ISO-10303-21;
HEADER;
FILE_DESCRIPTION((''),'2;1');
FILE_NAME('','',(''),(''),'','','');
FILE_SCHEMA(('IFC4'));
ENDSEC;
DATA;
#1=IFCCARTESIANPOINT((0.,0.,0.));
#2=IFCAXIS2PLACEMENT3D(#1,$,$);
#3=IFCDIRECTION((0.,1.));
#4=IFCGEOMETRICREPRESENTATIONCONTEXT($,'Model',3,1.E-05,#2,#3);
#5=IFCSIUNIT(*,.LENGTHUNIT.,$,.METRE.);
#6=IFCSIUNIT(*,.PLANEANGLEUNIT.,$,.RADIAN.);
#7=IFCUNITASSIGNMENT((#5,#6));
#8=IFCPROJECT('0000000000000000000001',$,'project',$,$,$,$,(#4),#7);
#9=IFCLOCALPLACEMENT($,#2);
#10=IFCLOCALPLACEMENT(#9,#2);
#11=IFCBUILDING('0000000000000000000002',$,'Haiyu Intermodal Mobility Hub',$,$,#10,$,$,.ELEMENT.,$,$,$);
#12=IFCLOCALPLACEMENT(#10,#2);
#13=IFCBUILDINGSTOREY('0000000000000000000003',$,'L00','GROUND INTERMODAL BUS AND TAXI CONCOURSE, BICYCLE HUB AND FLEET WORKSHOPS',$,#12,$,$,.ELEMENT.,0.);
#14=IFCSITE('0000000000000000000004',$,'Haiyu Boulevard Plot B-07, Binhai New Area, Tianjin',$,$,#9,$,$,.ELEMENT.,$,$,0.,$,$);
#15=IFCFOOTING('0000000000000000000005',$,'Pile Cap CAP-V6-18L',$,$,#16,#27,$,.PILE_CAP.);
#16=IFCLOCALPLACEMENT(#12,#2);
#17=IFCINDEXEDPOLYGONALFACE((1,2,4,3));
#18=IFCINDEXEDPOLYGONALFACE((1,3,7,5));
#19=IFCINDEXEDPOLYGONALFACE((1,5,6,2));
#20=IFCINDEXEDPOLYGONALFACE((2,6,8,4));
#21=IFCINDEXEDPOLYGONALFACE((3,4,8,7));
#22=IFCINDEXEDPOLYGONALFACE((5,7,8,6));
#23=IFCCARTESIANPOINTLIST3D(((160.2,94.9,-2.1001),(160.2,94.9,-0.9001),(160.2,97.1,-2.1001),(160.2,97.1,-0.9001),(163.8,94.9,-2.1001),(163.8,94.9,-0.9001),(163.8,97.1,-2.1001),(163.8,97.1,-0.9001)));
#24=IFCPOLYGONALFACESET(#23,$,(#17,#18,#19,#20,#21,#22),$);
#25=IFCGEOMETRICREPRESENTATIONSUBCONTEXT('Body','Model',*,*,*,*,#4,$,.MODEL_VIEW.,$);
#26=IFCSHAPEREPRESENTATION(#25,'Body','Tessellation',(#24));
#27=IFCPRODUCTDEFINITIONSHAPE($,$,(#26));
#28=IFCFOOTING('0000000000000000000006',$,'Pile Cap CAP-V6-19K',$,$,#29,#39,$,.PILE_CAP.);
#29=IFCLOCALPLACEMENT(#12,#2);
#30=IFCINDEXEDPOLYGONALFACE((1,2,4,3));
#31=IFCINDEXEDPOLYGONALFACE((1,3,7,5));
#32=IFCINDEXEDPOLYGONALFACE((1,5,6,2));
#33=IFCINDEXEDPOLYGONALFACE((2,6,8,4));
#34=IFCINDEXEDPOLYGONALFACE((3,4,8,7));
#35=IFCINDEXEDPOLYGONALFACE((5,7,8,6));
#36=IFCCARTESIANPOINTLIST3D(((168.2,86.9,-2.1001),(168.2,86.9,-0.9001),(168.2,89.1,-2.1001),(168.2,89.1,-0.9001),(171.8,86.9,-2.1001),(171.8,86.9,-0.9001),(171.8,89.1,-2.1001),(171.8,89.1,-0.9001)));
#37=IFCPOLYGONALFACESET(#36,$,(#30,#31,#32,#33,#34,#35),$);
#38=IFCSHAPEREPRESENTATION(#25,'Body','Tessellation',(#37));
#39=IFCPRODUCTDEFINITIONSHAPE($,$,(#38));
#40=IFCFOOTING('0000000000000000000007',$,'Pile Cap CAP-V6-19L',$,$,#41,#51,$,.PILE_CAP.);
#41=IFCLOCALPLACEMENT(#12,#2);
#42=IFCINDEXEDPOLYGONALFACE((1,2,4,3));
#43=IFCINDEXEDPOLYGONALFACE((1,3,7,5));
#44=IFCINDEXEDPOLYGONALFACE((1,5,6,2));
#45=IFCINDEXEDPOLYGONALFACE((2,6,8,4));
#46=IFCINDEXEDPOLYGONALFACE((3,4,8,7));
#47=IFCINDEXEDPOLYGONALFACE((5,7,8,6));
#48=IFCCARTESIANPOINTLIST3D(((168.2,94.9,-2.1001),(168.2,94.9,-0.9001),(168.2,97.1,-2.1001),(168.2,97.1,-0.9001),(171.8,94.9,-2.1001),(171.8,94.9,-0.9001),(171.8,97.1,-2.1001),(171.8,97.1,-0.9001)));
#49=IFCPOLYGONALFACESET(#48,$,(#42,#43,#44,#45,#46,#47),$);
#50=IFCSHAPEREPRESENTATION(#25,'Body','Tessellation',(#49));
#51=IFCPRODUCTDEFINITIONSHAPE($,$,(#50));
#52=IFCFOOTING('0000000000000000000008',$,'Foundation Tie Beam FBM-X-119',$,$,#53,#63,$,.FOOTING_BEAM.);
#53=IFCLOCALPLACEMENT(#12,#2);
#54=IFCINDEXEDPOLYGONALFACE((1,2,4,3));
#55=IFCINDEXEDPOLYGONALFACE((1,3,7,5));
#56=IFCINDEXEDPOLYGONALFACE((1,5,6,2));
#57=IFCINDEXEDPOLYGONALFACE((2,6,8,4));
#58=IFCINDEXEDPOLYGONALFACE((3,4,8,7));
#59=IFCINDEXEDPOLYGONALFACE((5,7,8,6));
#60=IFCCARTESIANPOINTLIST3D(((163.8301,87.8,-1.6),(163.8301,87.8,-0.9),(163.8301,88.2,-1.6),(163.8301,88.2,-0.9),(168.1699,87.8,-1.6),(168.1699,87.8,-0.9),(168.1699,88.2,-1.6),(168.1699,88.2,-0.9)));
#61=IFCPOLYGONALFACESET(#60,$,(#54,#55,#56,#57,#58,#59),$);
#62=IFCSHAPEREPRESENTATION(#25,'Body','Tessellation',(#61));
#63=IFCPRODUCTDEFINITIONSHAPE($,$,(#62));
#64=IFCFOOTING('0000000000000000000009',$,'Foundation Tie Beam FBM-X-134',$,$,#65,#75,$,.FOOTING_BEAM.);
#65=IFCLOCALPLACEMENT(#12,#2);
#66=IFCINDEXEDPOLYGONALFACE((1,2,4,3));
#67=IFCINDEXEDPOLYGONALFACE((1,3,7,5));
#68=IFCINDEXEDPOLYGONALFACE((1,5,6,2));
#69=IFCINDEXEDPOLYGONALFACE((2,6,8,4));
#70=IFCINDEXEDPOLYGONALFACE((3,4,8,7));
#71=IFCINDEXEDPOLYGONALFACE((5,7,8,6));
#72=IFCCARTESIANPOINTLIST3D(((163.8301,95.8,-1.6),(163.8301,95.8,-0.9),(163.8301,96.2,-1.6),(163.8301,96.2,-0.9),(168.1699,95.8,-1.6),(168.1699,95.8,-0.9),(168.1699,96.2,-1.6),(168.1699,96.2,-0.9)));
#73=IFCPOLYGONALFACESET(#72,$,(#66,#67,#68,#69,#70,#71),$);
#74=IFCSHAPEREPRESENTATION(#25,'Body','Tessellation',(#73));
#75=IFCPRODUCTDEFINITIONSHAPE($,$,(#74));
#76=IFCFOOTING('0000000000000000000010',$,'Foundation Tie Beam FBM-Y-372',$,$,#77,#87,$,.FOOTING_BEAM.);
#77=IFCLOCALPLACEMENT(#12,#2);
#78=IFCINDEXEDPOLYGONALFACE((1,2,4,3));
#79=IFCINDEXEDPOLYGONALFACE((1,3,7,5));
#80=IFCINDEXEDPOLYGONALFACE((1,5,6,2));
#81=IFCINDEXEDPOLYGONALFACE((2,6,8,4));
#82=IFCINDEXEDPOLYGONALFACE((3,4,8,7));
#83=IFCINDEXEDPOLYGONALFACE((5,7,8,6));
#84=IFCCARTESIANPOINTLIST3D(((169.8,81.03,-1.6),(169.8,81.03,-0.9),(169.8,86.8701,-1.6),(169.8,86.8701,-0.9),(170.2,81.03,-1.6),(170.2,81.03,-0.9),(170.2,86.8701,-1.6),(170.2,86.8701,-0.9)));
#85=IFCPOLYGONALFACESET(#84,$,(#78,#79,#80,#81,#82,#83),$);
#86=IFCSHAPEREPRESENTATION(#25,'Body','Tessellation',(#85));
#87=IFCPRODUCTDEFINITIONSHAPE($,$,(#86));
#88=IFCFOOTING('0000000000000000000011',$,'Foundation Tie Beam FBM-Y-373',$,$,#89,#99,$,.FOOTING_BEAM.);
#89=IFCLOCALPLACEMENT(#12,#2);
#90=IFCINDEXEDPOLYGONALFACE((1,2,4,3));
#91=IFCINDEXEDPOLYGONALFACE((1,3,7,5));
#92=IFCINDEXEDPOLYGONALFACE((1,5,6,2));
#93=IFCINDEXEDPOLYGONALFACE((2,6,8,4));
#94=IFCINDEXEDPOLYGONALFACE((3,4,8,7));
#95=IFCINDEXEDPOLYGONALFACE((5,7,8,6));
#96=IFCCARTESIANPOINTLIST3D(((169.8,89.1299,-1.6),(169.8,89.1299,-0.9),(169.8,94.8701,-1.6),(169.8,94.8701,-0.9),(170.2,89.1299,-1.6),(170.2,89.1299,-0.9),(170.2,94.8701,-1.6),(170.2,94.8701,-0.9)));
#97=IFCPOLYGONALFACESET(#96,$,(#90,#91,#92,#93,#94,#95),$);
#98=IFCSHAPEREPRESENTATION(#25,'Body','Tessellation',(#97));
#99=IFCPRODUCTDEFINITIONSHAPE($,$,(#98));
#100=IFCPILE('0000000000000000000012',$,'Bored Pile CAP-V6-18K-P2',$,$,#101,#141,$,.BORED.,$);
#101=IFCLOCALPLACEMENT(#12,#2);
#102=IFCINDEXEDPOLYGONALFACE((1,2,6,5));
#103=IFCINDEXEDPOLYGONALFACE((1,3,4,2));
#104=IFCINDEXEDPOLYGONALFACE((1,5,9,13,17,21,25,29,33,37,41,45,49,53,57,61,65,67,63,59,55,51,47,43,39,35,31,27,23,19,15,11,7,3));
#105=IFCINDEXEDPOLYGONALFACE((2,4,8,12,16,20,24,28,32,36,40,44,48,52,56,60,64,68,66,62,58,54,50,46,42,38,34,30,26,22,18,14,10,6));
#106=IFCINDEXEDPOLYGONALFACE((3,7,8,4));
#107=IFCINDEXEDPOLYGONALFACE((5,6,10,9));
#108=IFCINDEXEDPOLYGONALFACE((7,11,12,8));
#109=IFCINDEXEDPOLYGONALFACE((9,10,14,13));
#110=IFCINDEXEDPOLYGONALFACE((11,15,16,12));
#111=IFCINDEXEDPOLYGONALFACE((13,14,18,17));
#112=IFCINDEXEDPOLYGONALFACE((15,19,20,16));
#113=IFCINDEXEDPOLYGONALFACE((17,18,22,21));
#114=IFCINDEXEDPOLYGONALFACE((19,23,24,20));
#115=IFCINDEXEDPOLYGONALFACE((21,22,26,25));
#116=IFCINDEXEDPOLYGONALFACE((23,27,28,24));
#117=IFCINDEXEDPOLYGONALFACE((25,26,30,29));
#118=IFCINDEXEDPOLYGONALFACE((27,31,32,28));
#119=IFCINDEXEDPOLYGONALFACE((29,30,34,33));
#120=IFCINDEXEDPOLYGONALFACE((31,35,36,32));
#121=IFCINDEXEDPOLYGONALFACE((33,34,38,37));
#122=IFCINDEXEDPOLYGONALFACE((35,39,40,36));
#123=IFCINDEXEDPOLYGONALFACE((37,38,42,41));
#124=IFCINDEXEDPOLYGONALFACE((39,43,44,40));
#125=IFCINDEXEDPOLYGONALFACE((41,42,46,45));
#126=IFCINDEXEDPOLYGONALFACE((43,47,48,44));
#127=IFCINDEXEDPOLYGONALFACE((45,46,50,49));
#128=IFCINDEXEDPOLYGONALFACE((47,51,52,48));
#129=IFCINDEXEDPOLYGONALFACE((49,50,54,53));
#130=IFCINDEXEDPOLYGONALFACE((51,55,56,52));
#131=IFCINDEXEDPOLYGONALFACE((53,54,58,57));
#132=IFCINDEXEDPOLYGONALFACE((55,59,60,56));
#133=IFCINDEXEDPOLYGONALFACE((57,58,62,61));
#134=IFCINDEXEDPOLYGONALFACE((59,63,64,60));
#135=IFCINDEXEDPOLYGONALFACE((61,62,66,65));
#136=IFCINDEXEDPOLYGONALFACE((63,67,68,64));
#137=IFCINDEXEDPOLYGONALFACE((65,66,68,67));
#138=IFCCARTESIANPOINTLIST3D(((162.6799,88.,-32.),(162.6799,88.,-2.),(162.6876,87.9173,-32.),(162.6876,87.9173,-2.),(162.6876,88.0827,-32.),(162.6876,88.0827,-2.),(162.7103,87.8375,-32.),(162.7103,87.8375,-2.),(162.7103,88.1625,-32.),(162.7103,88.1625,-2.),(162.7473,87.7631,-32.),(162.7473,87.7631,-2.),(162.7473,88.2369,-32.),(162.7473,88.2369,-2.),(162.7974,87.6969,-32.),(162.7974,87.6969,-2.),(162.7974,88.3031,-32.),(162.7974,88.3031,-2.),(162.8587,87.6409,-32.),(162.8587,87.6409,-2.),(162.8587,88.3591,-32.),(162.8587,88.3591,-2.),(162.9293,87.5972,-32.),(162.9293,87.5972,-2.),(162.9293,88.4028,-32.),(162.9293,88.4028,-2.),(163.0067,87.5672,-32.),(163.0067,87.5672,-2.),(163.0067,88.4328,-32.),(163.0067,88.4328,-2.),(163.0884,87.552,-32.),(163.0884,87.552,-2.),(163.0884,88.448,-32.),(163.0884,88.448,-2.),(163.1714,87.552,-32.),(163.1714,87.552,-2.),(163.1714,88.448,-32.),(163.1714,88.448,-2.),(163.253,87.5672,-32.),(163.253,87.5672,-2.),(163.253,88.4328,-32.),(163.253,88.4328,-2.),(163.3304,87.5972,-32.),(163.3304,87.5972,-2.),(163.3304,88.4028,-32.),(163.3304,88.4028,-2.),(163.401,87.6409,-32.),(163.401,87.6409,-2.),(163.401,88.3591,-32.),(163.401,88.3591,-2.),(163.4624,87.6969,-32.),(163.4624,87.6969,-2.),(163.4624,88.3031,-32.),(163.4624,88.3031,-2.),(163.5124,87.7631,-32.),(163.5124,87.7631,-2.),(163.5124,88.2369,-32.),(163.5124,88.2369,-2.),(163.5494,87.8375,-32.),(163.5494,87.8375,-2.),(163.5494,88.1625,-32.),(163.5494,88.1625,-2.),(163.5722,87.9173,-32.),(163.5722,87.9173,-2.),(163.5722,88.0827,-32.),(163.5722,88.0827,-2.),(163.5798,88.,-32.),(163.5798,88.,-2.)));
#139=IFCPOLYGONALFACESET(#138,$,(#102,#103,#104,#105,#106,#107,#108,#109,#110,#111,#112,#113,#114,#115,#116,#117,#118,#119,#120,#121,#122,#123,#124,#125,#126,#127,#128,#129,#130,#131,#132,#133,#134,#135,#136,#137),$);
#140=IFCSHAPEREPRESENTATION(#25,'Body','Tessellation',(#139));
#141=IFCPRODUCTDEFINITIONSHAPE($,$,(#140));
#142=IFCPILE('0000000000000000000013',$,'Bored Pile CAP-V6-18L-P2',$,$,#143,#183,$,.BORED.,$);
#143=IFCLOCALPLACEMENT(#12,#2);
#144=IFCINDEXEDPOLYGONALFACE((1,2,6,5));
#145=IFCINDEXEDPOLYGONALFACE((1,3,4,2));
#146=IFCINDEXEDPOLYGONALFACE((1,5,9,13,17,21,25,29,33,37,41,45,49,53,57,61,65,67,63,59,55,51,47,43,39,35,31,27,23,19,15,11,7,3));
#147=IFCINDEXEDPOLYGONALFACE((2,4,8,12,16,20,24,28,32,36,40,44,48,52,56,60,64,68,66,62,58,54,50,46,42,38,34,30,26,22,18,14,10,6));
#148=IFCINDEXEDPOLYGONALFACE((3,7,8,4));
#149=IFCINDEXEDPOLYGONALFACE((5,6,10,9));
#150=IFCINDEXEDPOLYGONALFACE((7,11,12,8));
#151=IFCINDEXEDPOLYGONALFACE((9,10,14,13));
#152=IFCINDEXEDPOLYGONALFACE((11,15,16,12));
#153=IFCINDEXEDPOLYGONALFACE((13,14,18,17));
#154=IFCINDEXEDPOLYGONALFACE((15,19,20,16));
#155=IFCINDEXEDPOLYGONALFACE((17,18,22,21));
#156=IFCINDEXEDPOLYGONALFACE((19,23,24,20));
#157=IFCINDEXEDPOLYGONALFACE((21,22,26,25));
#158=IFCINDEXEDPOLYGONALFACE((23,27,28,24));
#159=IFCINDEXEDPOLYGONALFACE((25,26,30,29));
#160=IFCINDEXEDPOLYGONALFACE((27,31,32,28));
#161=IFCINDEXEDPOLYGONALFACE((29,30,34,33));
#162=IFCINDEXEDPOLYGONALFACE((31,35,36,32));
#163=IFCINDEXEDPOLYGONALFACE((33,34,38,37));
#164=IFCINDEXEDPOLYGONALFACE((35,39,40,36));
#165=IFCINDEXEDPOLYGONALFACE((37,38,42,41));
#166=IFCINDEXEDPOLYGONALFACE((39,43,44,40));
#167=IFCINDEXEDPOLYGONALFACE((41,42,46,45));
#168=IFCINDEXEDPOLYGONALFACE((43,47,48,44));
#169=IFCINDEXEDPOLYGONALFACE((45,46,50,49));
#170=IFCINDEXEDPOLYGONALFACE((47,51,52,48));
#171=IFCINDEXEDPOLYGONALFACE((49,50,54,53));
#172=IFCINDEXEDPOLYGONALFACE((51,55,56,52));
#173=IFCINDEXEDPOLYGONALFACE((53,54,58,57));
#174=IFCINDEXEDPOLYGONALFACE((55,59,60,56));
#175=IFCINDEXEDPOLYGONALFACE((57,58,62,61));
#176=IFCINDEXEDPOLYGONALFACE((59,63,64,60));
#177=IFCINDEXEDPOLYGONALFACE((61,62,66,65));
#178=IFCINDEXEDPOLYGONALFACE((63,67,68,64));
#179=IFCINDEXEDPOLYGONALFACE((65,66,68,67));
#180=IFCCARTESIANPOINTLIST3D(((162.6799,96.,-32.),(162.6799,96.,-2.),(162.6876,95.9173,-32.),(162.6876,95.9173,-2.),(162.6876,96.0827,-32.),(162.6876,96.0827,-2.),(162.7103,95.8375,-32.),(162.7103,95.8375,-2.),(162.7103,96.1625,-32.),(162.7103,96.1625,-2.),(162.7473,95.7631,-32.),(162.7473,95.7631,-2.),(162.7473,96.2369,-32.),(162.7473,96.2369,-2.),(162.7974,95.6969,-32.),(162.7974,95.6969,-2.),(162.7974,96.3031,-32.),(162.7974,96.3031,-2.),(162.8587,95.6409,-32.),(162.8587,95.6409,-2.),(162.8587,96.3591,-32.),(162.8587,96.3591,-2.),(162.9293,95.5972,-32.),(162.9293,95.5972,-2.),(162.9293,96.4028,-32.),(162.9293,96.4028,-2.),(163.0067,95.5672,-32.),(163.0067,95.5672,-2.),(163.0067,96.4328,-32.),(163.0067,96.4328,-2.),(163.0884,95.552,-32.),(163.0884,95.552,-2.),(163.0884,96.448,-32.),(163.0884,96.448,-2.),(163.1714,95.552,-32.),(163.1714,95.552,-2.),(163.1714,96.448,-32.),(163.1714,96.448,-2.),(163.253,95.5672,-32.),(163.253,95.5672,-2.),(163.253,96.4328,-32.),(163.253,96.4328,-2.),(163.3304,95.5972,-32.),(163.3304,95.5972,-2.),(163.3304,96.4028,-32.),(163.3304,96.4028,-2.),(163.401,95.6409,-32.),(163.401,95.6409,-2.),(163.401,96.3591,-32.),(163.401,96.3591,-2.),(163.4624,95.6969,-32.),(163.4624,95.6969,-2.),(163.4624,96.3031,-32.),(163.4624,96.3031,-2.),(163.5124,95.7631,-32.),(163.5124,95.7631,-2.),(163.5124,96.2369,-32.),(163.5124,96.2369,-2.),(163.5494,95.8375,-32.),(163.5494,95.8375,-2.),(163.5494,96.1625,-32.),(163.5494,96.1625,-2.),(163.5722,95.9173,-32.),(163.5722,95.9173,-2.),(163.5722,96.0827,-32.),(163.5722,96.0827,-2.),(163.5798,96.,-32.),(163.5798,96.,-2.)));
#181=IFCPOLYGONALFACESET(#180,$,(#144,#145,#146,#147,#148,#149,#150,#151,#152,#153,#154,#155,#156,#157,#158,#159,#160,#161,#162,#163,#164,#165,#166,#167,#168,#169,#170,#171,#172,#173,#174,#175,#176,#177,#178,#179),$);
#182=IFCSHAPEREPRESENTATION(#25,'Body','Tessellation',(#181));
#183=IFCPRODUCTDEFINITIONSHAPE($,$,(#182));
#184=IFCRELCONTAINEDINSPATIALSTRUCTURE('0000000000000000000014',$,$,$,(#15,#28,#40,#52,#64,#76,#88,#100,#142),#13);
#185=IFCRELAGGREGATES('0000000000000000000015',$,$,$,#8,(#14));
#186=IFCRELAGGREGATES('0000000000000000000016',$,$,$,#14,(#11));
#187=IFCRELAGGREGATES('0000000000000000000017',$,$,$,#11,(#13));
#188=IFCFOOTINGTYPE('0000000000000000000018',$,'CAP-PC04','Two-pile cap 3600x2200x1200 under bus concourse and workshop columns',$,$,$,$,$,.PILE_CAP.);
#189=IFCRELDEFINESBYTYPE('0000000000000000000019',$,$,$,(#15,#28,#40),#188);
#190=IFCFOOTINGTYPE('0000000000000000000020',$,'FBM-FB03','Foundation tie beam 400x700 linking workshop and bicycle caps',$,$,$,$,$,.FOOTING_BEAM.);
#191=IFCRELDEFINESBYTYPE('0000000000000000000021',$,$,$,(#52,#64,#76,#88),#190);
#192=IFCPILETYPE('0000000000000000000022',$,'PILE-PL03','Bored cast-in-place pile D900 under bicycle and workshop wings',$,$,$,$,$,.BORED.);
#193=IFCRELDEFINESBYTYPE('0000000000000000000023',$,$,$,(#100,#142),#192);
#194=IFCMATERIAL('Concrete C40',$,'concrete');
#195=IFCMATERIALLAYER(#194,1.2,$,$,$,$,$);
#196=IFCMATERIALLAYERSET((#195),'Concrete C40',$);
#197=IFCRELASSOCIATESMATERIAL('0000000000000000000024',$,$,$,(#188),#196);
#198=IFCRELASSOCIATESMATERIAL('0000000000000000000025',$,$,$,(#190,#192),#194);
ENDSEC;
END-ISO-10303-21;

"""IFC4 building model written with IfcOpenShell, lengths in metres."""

from ifc_helpers import new_model, si_unit, direction, frame, origin, origin_2d, place, context, subcontext, project, spatial, rectangle, circle, extrude, material, layer, layer_set, material_profile, profile_set, type_object, element, save


model = new_model("IFC4")

# Units and contexts
model_context = context("Model", 3, precision=1e-05, world=origin(), true_north=direction((0.0, 1.0)))
body_context = subcontext(model_context, "Body", "Model", "MODEL_VIEW")
ifc_project = project(units=[si_unit("LENGTHUNIT", "METRE"), si_unit("PLANEANGLEUNIT", "RADIAN")], contexts=[model_context])

# Site, building, storey
site_placement = place(None, origin())
site = spatial("IfcSite", under=ifc_project, at=site_placement, Name="Haiyu Boulevard Plot B-07, Binhai New Area, Tianjin", CompositionType="ELEMENT", RefElevation=0.0)
building_placement = place(site_placement, origin())
building = spatial("IfcBuilding", under=site, at=building_placement, Name="Haiyu Intermodal Mobility Hub", CompositionType="ELEMENT")
storey_placement = place(building_placement, origin())
storey = spatial("IfcBuildingStorey", under=building, at=storey_placement, Name="L00", Description="GROUND INTERMODAL BUS AND TAXI CONCOURSE, BICYCLE HUB AND FLEET WORKSHOPS", CompositionType="ELEMENT", Elevation=0.0)

# Footings
ifc_material_1 = material(Name="Concrete C40", Category="concrete")
ifc_layer_1 = layer(ifc_material_1, 1.2)
ifc_layer_set_1 = layer_set([ifc_layer_1], Name="Concrete C40")
footing_type_1 = type_object("IfcFootingType", Name="CAP-PC04", Description="Two-pile cap 3600x2200x1200 under bus concourse and workshop columns", PredefinedType="PILE_CAP", material=ifc_layer_set_1)
for number, where, z_axis, x_axis, name in (
    (1, (162.0, 96.0, -2.1001), (0.0, 0.0, 1.0), (1.0, 0.0, 0.0), "Pile Cap CAP-V6-18L"),
    (2, (170.0, 88.0, -2.1001), (0.0, 0.0, 1.0), (1.0, 0.0, 0.0), "Pile Cap CAP-V6-19K"),
    (3, (170.0, 96.0, -2.1001), (0.0, 0.0, 1.0), (1.0, 0.0, 0.0), "Pile Cap CAP-V6-19L"),
):
    element("IfcFooting", number, at=place(storey_placement, frame(where, z_axis=z_axis, x_axis=x_axis)), inside=storey, type_object=footing_type_1, Name=name, PredefinedType="PILE_CAP", context=body_context, shape_type="SweptSolid", body=[
        extrude(rectangle(XDim=3.6001, YDim=2.2, at=origin_2d()), origin(), (0.0, 0.0, 1.0), 1.2),
    ])
ifc_material_profile_1 = material_profile(ifc_material_1, rectangle(XDim=0.3999, YDim=0.7, at=origin_2d()), Name="FB400x700")
ifc_profile_set_1 = profile_set([ifc_material_profile_1], Name="Concrete C40")
footing_type_2 = type_object("IfcFootingType", Name="FBM-FB03", Description="Foundation tie beam 400x700 linking workshop and bicycle caps", PredefinedType="FOOTING_BEAM", material=ifc_profile_set_1)
for number, where, z_axis, x_axis, name in (
    (4, (163.8301, 88.0, -1.25), (1.0, 0.0, 0.0), (0.0, 1.0, 0.0), "Foundation Tie Beam FBM-X-119"),
    (5, (163.8301, 96.0, -1.25), (1.0, 0.0, 0.0), (0.0, 1.0, 0.0), "Foundation Tie Beam FBM-X-134"),
):
    element("IfcFooting", number, at=place(storey_placement, frame(where, z_axis=z_axis, x_axis=x_axis)), inside=storey, type_object=footing_type_2, Name=name, PredefinedType="FOOTING_BEAM", context=body_context, shape_type="SweptSolid", body=[
        extrude(rectangle(XDim=0.3999, YDim=0.7, at=origin_2d()), origin(), (0.0, 0.0, 1.0), 4.3398),
    ])
footing_1_placement = place(storey_placement, frame((170.0, 81.03, -1.25), z_axis=(0.0, 1.0, 0.0), x_axis=(-1.0, 0.0, 0.0)))
element("IfcFooting", 6, at=footing_1_placement, inside=storey, type_object=footing_type_2, Name="Foundation Tie Beam FBM-Y-372", PredefinedType="FOOTING_BEAM", context=body_context, shape_type="SweptSolid", body=[
    extrude(rectangle(XDim=0.3999, YDim=0.7, at=origin_2d()), origin(), (0.0, 0.0, 1.0), 5.8401),
])
footing_2_placement = place(storey_placement, frame((170.0, 89.1299, -1.25), z_axis=(0.0, 1.0, 0.0), x_axis=(-1.0, 0.0, 0.0)))
element("IfcFooting", 7, at=footing_2_placement, inside=storey, type_object=footing_type_2, Name="Foundation Tie Beam FBM-Y-373", PredefinedType="FOOTING_BEAM", context=body_context, shape_type="SweptSolid", body=[
    extrude(rectangle(XDim=0.3999, YDim=0.7, at=origin_2d()), origin(), (0.0, 0.0, 1.0), 5.7402),
])

# Piles
ifc_material_profile_2 = material_profile(ifc_material_1, circle(Radius=0.45, at=origin_2d()), Name="PILE-D900")
ifc_profile_set_2 = profile_set([ifc_material_profile_2], Name="Concrete C40")
pile_type = type_object("IfcPileType", Name="PILE-PL03", Description="Bored cast-in-place pile D900 under bicycle and workshop wings", PredefinedType="BORED", material=ifc_profile_set_2)
for number, where, z_axis, x_axis, name in (
    (8, (163.1299, 88.0, -2.0), (0.0, 0.0, -1.0), (1.0, 0.0, 0.0), "Bored Pile CAP-V6-18K-P2"),
    (9, (163.1299, 96.0, -2.0), (0.0, 0.0, -1.0), (1.0, 0.0, 0.0), "Bored Pile CAP-V6-18L-P2"),
):
    element("IfcPile", number, at=place(storey_placement, frame(where, z_axis=z_axis, x_axis=x_axis)), inside=storey, type_object=pile_type, Name=name, PredefinedType="BORED", context=body_context, shape_type="SweptSolid", body=[
        extrude(circle(Radius=0.45, at=origin_2d()), origin(), (0.0, 0.0, 1.0), 30.0),
    ])

save(model, "model.ifc")
